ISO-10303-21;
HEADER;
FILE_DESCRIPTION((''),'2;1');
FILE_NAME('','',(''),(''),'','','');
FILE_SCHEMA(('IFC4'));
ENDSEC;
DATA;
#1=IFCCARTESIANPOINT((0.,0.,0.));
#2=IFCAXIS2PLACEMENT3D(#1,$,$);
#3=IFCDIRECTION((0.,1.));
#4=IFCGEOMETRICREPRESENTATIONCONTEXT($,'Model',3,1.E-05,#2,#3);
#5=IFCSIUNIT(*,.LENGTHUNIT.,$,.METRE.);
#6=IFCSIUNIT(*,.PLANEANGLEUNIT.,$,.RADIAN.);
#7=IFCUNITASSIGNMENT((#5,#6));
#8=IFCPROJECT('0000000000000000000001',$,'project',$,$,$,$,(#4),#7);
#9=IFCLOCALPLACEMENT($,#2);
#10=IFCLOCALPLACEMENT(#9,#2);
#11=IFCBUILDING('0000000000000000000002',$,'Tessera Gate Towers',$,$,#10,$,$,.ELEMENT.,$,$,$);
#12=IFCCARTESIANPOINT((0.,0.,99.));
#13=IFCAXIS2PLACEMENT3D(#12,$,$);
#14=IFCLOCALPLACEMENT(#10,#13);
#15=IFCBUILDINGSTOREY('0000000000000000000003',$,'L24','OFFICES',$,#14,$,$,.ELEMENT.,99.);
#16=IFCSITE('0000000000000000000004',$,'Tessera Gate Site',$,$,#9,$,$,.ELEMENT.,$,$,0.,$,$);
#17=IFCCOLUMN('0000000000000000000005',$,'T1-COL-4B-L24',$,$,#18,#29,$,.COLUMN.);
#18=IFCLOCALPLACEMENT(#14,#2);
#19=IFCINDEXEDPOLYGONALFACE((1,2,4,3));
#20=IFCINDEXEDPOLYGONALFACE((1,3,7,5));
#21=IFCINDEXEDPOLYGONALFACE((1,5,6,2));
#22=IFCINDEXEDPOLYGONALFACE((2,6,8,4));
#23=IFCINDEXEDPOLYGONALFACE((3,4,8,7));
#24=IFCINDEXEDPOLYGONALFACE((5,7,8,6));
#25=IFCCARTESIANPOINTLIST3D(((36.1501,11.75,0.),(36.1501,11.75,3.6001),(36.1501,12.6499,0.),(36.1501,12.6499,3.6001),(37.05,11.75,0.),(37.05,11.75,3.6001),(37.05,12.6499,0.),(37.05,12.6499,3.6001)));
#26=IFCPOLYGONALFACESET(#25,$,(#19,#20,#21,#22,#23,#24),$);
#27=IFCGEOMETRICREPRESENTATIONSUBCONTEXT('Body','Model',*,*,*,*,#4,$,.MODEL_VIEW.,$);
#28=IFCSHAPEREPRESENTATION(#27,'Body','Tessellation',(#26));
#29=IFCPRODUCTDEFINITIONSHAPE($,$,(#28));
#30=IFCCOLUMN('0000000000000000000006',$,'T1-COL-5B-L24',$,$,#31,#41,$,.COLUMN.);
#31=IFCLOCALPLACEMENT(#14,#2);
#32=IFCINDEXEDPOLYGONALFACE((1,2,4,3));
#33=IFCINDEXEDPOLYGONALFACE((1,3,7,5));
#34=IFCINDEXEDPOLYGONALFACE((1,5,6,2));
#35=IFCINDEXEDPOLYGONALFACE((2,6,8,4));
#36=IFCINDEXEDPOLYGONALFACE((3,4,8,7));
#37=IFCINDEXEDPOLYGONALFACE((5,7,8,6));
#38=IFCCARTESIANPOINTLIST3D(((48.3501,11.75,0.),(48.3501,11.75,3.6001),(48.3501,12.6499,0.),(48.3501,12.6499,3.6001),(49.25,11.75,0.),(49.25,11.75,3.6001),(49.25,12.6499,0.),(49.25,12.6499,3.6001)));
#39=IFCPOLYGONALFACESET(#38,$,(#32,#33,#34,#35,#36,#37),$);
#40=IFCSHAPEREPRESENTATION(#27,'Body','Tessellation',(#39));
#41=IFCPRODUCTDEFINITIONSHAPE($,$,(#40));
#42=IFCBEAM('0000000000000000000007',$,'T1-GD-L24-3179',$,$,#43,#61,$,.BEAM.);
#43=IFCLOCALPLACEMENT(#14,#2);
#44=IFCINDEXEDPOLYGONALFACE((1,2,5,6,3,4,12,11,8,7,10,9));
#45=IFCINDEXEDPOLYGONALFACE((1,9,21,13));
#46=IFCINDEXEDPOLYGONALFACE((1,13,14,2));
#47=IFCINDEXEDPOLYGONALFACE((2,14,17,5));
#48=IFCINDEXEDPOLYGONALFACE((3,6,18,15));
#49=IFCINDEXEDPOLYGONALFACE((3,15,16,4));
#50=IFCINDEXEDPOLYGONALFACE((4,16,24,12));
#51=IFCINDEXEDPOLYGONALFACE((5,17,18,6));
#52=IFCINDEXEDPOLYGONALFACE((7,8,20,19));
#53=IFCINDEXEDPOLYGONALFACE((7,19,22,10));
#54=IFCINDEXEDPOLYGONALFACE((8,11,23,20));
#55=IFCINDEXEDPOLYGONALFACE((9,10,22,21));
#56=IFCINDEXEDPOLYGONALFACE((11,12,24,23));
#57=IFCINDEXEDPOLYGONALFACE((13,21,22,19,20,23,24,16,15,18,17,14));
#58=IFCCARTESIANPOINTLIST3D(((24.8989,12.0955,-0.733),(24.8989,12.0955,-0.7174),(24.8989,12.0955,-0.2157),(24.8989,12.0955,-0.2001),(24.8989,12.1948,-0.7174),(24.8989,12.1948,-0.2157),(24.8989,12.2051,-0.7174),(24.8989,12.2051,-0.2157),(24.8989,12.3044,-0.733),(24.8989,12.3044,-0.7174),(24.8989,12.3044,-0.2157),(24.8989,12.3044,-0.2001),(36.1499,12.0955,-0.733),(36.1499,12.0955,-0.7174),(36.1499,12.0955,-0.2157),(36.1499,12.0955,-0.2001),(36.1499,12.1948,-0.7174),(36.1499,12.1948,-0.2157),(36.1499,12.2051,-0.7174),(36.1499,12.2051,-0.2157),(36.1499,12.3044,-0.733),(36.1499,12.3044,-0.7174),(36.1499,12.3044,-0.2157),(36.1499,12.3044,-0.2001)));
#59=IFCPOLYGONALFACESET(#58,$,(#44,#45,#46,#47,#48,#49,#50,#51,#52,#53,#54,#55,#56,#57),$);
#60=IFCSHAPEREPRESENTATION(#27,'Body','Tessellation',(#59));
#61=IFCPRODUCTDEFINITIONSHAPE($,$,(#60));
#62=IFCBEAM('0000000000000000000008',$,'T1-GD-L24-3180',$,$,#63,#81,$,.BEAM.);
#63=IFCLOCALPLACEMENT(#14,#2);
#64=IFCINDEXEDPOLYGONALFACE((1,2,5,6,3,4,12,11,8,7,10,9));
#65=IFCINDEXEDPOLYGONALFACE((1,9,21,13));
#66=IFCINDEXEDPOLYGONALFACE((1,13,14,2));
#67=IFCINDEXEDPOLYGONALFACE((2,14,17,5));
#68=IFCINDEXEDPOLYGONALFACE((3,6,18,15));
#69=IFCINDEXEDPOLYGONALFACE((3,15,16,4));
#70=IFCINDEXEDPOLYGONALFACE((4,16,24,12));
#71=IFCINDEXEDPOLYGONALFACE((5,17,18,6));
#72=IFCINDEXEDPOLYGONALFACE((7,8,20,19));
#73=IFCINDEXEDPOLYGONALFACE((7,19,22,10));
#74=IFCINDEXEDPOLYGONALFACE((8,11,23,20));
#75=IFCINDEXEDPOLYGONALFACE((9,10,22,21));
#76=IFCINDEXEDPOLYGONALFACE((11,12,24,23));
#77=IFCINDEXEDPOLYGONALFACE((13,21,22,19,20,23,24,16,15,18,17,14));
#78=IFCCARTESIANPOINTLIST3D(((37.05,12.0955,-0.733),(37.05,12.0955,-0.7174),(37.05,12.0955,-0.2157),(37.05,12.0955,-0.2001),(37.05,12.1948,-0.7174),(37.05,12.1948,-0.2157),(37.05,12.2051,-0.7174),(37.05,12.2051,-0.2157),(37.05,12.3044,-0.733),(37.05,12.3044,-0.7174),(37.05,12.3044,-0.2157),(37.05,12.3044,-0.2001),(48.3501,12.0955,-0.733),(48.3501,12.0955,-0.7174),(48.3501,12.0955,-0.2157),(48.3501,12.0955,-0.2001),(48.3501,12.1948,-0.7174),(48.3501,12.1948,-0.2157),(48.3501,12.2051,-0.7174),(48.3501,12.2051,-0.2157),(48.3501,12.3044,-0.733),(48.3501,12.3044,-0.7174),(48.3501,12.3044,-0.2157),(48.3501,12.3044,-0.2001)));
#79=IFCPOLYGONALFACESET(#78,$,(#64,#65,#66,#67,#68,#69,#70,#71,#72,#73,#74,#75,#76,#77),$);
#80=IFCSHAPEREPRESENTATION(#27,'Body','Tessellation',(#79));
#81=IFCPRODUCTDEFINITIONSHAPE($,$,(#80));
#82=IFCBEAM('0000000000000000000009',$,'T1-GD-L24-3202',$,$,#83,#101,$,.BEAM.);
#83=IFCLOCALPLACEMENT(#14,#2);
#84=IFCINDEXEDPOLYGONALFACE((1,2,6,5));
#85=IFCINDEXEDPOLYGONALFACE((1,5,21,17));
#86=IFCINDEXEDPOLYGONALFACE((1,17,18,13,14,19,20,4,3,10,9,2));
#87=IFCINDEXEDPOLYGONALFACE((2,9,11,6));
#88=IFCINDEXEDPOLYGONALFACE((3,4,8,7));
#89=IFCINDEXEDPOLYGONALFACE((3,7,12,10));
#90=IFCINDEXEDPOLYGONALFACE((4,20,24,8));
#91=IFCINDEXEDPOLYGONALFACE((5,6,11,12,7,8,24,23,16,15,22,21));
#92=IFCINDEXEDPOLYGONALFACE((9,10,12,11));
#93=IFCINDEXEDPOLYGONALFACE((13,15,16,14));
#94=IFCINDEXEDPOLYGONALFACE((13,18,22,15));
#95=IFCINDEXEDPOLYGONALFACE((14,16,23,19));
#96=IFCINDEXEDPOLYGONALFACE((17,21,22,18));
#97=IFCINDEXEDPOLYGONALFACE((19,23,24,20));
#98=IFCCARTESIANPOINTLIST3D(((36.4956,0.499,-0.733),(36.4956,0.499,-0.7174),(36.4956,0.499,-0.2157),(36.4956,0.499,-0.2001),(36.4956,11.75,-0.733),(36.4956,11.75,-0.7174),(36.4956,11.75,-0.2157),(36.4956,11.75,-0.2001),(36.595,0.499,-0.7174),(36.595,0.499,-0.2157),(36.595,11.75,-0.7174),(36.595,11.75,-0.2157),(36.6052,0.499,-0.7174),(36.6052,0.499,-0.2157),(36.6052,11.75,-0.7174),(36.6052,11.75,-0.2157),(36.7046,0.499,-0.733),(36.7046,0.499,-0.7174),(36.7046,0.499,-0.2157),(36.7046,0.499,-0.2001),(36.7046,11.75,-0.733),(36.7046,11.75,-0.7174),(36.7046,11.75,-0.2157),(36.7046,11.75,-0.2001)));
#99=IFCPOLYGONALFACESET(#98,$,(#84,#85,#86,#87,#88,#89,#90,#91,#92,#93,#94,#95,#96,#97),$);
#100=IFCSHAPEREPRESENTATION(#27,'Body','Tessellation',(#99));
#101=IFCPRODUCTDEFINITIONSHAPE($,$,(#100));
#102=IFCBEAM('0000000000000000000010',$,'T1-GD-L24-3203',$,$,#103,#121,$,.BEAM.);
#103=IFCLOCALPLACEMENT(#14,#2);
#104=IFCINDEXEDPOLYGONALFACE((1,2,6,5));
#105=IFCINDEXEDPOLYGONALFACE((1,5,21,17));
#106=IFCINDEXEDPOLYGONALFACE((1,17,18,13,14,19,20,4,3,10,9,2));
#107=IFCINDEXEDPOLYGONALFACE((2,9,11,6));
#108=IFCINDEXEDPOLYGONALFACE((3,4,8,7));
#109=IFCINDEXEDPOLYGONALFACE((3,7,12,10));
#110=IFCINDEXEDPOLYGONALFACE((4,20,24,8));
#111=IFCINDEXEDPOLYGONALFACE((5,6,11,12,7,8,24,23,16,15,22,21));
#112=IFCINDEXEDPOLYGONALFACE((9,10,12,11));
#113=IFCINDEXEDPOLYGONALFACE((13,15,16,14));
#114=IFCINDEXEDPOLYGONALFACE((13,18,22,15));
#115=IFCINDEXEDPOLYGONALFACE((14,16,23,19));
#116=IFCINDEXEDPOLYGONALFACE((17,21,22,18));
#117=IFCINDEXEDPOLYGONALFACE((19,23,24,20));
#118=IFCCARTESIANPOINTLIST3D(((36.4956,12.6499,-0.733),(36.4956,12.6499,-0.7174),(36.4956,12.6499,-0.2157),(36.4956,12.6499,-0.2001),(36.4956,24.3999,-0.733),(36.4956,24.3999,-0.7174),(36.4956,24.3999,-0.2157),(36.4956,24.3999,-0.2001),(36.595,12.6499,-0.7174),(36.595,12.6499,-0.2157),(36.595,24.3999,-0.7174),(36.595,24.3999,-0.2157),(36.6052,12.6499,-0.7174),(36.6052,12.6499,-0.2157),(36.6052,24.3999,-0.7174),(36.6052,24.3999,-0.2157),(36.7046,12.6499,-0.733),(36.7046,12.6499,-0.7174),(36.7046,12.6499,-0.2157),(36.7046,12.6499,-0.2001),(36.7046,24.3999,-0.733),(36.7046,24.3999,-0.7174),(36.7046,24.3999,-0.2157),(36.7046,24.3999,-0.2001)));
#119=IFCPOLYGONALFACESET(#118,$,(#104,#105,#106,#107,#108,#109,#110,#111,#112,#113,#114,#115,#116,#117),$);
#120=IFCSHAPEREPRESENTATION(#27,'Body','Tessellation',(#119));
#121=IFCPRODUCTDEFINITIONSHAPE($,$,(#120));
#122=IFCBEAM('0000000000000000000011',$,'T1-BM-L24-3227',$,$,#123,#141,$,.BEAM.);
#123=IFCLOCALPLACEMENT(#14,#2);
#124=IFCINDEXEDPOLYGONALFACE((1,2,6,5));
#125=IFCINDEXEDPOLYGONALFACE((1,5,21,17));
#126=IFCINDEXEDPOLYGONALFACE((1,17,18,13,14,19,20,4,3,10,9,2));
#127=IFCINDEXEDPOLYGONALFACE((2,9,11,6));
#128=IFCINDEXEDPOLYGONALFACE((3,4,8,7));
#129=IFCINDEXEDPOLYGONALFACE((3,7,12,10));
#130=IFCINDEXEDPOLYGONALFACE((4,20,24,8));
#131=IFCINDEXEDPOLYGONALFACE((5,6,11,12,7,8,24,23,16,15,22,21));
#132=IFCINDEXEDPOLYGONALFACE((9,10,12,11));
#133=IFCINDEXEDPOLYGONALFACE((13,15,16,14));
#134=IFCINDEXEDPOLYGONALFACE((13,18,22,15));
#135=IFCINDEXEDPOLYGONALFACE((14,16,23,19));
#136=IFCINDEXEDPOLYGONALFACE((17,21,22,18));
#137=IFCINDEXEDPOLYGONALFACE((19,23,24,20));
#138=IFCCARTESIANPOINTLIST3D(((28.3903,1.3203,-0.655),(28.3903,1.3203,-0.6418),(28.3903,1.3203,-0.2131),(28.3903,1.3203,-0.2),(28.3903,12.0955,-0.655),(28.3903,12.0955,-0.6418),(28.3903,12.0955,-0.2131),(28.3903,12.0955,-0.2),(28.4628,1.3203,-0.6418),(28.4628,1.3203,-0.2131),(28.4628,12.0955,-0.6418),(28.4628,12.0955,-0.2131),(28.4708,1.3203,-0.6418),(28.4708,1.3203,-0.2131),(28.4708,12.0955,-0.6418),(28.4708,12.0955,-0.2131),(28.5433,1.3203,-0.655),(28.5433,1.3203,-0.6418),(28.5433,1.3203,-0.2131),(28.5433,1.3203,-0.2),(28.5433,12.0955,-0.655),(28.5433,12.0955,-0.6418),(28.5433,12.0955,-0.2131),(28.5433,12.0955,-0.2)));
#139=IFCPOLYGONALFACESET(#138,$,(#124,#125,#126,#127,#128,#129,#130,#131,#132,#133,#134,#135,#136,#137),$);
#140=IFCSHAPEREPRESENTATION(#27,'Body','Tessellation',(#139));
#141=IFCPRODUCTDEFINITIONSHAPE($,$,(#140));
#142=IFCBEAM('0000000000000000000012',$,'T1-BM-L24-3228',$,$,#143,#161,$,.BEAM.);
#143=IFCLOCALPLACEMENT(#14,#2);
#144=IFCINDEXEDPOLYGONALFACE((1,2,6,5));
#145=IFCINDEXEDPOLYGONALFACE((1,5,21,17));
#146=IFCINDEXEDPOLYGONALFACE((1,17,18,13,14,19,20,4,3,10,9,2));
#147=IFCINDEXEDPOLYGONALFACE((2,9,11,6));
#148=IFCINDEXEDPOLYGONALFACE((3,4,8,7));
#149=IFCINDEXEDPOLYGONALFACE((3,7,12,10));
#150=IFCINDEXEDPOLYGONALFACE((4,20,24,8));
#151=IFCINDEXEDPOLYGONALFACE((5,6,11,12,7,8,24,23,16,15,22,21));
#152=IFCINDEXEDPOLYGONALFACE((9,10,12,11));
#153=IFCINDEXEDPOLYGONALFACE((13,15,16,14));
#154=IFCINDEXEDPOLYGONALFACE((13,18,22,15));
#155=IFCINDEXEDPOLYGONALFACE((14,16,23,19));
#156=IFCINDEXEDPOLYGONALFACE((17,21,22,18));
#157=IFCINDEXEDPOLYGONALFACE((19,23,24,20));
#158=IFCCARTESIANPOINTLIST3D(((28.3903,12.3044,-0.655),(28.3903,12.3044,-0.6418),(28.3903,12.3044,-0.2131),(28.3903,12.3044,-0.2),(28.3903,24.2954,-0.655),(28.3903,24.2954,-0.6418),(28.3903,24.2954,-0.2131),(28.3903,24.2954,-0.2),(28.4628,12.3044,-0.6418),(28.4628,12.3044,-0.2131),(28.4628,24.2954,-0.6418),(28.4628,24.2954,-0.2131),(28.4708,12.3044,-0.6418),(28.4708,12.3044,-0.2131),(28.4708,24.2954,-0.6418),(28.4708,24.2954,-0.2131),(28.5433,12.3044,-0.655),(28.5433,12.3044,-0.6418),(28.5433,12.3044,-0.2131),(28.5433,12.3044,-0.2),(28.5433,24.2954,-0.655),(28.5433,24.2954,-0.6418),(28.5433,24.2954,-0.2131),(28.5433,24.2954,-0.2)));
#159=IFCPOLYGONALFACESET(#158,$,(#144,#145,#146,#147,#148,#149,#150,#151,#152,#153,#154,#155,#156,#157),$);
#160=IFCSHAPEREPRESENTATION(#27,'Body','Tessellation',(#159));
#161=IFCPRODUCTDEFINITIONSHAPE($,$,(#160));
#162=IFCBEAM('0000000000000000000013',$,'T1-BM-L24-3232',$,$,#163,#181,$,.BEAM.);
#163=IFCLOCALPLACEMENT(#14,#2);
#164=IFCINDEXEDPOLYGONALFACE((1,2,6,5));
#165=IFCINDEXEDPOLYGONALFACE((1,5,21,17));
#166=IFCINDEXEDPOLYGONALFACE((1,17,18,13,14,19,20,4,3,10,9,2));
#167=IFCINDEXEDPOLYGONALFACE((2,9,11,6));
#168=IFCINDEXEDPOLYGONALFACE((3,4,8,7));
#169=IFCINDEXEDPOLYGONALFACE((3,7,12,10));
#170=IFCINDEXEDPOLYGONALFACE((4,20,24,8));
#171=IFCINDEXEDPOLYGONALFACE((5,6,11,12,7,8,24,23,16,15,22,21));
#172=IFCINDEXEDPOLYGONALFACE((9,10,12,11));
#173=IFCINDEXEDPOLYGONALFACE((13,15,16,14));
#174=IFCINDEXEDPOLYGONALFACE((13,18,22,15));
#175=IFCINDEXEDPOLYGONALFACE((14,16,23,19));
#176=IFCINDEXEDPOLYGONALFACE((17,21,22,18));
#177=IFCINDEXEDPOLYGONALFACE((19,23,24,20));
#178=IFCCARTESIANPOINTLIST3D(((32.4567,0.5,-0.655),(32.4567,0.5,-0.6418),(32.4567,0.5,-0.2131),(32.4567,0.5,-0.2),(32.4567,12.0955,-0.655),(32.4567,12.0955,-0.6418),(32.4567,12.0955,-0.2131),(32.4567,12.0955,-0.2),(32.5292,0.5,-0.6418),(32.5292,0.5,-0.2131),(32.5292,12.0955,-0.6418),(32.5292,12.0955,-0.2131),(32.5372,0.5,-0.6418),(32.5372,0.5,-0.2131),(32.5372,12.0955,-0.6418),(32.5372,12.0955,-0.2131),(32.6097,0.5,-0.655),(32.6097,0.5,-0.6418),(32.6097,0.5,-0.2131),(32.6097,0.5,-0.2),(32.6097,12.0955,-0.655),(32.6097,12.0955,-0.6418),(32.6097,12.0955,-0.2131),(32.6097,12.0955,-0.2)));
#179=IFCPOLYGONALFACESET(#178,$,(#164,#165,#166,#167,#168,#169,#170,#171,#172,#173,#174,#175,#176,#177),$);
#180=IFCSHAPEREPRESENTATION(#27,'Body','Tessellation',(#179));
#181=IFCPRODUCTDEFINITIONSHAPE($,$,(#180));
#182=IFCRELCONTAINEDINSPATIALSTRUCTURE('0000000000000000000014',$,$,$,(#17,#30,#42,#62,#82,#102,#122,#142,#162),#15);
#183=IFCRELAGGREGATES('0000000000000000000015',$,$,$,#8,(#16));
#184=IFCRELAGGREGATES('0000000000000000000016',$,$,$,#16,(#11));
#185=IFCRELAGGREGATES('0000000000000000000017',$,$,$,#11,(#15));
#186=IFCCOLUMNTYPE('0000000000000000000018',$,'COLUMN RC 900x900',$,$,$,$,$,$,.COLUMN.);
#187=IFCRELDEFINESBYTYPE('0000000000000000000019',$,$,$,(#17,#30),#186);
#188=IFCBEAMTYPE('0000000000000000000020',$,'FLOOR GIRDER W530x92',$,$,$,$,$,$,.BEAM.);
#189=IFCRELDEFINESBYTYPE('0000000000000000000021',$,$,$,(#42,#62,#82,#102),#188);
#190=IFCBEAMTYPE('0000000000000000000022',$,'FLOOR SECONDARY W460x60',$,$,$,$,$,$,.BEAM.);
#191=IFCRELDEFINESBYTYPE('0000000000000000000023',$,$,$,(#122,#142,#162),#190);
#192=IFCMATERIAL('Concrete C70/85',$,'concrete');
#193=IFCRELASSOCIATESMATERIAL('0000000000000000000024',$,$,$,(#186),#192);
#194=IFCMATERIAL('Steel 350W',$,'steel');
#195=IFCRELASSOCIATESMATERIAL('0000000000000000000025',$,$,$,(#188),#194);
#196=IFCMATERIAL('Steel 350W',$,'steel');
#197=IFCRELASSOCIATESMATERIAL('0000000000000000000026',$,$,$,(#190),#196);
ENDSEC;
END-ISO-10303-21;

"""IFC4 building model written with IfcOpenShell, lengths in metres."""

from ifc_helpers import new_model, si_unit, direction, frame, origin, origin_2d, place, context, subcontext, project, spatial, rectangle, i_section, extrude, material, material_profile, profile_set, type_object, element, save


model = new_model("IFC4")

# Units and contexts
model_context = context("Model", 3, precision=1e-05, world=origin(), true_north=direction((0.0, 1.0)))
body_context = subcontext(model_context, "Body", "Model", "MODEL_VIEW")
ifc_project = project(units=[si_unit("LENGTHUNIT", "METRE"), si_unit("PLANEANGLEUNIT", "RADIAN")], contexts=[model_context])

# Site, building, storey
site_placement = place(None, origin())
site = spatial("IfcSite", under=ifc_project, at=site_placement, Name="Tessera Gate Site", CompositionType="ELEMENT", RefElevation=0.0)
building_placement = place(site_placement, origin())
building = spatial("IfcBuilding", under=site, at=building_placement, Name="Tessera Gate Towers", CompositionType="ELEMENT")
storey_placement = place(building_placement, frame((0.0, 0.0, 99.0)))
storey = spatial("IfcBuildingStorey", under=building, at=storey_placement, Name="L24", Description="OFFICES", CompositionType="ELEMENT", Elevation=99.0)

# Columns
ifc_material_1 = material(Name="Concrete C70/85", Category="concrete")
ifc_material_profile_1 = material_profile(ifc_material_1, rectangle(XDim=0.8999, YDim=0.8999, at=origin_2d()), Name="RC 900x900")
ifc_profile_set_1 = profile_set([ifc_material_profile_1], Name="Concrete C70/85")
column_type = type_object("IfcColumnType", Name="COLUMN RC 900x900", PredefinedType="COLUMN", material=ifc_profile_set_1)
for number, where, z_axis, x_axis, name in (
    (1, (36.6001, 12.2, 0.0), (0.0, 0.0, 1.0), (1.0, 0.0, 0.0), "T1-COL-4B-L24"),
    (2, (48.8, 12.2, 0.0), (0.0, 0.0, 1.0), (1.0, 0.0, 0.0), "T1-COL-5B-L24"),
):
    element("IfcColumn", number, at=place(storey_placement, frame(where, z_axis=z_axis, x_axis=x_axis)), inside=storey, type_object=column_type, Name=name, PredefinedType="COLUMN", context=body_context, shape_type="SweptSolid", body=[
        extrude(rectangle(XDim=0.8999, YDim=0.8999, at=origin_2d()), origin(), (0.0, 0.0, 1.0), 3.6001),
    ])

# Beams
ifc_material_2 = material(Name="Steel 350W", Category="steel")
ifc_material_profile_2 = material_profile(ifc_material_2, i_section(OverallWidth=0.209, OverallDepth=0.533, WebThickness=0.0103, FlangeThickness=0.0156, at=origin_2d()), Name="W530x92")
ifc_profile_set_2 = profile_set([ifc_material_profile_2], Name="Steel 350W")
beam_type_1 = type_object("IfcBeamType", Name="FLOOR GIRDER W530x92", PredefinedType="BEAM", material=ifc_profile_set_2)
beam_1_placement = place(storey_placement, frame((24.8989, 12.2, -0.4666), z_axis=(1.0, 0.0, 0.0), x_axis=(0.0, 1.0, 0.0)))
element("IfcBeam", 3, at=beam_1_placement, inside=storey, type_object=beam_type_1, Name="T1-GD-L24-3179", PredefinedType="BEAM", context=body_context, shape_type="SweptSolid", body=[
    extrude(i_section(OverallWidth=0.209, OverallDepth=0.533, WebThickness=0.0103, FlangeThickness=0.0156, at=origin_2d()), origin(), (0.0, 0.0, 1.0), 11.251),
])
beam_2_placement = place(storey_placement, frame((37.05, 12.2, -0.4666), z_axis=(1.0, 0.0, 0.0), x_axis=(0.0, 1.0, 0.0)))
element("IfcBeam", 4, at=beam_2_placement, inside=storey, type_object=beam_type_1, Name="T1-GD-L24-3180", PredefinedType="BEAM", context=body_context, shape_type="SweptSolid", body=[
    extrude(i_section(OverallWidth=0.209, OverallDepth=0.533, WebThickness=0.0103, FlangeThickness=0.0156, at=origin_2d()), origin(), (0.0, 0.0, 1.0), 11.3),
])
beam_3_placement = place(storey_placement, frame((36.6001, 0.499, -0.4666), z_axis=(0.0, 1.0, 0.0), x_axis=(-1.0, 0.0, 0.0)))
element("IfcBeam", 5, at=beam_3_placement, inside=storey, type_object=beam_type_1, Name="T1-GD-L24-3202", PredefinedType="BEAM", context=body_context, shape_type="SweptSolid", body=[
    extrude(i_section(OverallWidth=0.209, OverallDepth=0.533, WebThickness=0.0103, FlangeThickness=0.0156, at=origin_2d()), origin(), (0.0, 0.0, 1.0), 11.251),
])
beam_4_placement = place(storey_placement, frame((36.6001, 12.6499, -0.4666), z_axis=(0.0, 1.0, 0.0), x_axis=(-1.0, 0.0, 0.0)))
element("IfcBeam", 6, at=beam_4_placement, inside=storey, type_object=beam_type_1, Name="T1-GD-L24-3203", PredefinedType="BEAM", context=body_context, shape_type="SweptSolid", body=[
    extrude(i_section(OverallWidth=0.209, OverallDepth=0.533, WebThickness=0.0103, FlangeThickness=0.0156, at=origin_2d()), origin(), (0.0, 0.0, 1.0), 11.75),
])
ifc_material_3 = material(Name="Steel 350W", Category="steel")
ifc_material_profile_3 = material_profile(ifc_material_3, i_section(OverallWidth=0.1531, OverallDepth=0.4551, WebThickness=0.0081, FlangeThickness=0.0132, at=origin_2d()), Name="W460x60")
ifc_profile_set_3 = profile_set([ifc_material_profile_3], Name="Steel 350W")
beam_type_2 = type_object("IfcBeamType", Name="FLOOR SECONDARY W460x60", PredefinedType="BEAM", material=ifc_profile_set_3)
beam_5_placement = place(storey_placement, frame((28.4668, 1.3203, -0.4275), z_axis=(0.0, 1.0, 0.0), x_axis=(-1.0, 0.0, 0.0)))
element("IfcBeam", 7, at=beam_5_placement, inside=storey, type_object=beam_type_2, Name="T1-BM-L24-3227", PredefinedType="BEAM", context=body_context, shape_type="SweptSolid", body=[
    extrude(i_section(OverallWidth=0.1531, OverallDepth=0.4551, WebThickness=0.0081, FlangeThickness=0.0132, at=origin_2d()), origin(), (0.0, 0.0, 1.0), 10.7751),
])
beam_6_placement = place(storey_placement, frame((28.4668, 12.3044, -0.4275), z_axis=(0.0, 1.0, 0.0), x_axis=(-1.0, 0.0, 0.0)))
element("IfcBeam", 8, at=beam_6_placement, inside=storey, type_object=beam_type_2, Name="T1-BM-L24-3228", PredefinedType="BEAM", context=body_context, shape_type="SweptSolid", body=[
    extrude(i_section(OverallWidth=0.1531, OverallDepth=0.4551, WebThickness=0.0081, FlangeThickness=0.0132, at=origin_2d()), origin(), (0.0, 0.0, 1.0), 11.991),
])
beam_7_placement = place(storey_placement, frame((32.5332, 0.5, -0.4275), z_axis=(0.0, 1.0, 0.0), x_axis=(-1.0, 0.0, 0.0)))
element("IfcBeam", 9, at=beam_7_placement, inside=storey, type_object=beam_type_2, Name="T1-BM-L24-3232", PredefinedType="BEAM", context=body_context, shape_type="SweptSolid", body=[
    extrude(i_section(OverallWidth=0.1531, OverallDepth=0.4551, WebThickness=0.0081, FlangeThickness=0.0132, at=origin_2d()), origin(), (0.0, 0.0, 1.0), 11.5955),
])

save(model, "model.ifc")
